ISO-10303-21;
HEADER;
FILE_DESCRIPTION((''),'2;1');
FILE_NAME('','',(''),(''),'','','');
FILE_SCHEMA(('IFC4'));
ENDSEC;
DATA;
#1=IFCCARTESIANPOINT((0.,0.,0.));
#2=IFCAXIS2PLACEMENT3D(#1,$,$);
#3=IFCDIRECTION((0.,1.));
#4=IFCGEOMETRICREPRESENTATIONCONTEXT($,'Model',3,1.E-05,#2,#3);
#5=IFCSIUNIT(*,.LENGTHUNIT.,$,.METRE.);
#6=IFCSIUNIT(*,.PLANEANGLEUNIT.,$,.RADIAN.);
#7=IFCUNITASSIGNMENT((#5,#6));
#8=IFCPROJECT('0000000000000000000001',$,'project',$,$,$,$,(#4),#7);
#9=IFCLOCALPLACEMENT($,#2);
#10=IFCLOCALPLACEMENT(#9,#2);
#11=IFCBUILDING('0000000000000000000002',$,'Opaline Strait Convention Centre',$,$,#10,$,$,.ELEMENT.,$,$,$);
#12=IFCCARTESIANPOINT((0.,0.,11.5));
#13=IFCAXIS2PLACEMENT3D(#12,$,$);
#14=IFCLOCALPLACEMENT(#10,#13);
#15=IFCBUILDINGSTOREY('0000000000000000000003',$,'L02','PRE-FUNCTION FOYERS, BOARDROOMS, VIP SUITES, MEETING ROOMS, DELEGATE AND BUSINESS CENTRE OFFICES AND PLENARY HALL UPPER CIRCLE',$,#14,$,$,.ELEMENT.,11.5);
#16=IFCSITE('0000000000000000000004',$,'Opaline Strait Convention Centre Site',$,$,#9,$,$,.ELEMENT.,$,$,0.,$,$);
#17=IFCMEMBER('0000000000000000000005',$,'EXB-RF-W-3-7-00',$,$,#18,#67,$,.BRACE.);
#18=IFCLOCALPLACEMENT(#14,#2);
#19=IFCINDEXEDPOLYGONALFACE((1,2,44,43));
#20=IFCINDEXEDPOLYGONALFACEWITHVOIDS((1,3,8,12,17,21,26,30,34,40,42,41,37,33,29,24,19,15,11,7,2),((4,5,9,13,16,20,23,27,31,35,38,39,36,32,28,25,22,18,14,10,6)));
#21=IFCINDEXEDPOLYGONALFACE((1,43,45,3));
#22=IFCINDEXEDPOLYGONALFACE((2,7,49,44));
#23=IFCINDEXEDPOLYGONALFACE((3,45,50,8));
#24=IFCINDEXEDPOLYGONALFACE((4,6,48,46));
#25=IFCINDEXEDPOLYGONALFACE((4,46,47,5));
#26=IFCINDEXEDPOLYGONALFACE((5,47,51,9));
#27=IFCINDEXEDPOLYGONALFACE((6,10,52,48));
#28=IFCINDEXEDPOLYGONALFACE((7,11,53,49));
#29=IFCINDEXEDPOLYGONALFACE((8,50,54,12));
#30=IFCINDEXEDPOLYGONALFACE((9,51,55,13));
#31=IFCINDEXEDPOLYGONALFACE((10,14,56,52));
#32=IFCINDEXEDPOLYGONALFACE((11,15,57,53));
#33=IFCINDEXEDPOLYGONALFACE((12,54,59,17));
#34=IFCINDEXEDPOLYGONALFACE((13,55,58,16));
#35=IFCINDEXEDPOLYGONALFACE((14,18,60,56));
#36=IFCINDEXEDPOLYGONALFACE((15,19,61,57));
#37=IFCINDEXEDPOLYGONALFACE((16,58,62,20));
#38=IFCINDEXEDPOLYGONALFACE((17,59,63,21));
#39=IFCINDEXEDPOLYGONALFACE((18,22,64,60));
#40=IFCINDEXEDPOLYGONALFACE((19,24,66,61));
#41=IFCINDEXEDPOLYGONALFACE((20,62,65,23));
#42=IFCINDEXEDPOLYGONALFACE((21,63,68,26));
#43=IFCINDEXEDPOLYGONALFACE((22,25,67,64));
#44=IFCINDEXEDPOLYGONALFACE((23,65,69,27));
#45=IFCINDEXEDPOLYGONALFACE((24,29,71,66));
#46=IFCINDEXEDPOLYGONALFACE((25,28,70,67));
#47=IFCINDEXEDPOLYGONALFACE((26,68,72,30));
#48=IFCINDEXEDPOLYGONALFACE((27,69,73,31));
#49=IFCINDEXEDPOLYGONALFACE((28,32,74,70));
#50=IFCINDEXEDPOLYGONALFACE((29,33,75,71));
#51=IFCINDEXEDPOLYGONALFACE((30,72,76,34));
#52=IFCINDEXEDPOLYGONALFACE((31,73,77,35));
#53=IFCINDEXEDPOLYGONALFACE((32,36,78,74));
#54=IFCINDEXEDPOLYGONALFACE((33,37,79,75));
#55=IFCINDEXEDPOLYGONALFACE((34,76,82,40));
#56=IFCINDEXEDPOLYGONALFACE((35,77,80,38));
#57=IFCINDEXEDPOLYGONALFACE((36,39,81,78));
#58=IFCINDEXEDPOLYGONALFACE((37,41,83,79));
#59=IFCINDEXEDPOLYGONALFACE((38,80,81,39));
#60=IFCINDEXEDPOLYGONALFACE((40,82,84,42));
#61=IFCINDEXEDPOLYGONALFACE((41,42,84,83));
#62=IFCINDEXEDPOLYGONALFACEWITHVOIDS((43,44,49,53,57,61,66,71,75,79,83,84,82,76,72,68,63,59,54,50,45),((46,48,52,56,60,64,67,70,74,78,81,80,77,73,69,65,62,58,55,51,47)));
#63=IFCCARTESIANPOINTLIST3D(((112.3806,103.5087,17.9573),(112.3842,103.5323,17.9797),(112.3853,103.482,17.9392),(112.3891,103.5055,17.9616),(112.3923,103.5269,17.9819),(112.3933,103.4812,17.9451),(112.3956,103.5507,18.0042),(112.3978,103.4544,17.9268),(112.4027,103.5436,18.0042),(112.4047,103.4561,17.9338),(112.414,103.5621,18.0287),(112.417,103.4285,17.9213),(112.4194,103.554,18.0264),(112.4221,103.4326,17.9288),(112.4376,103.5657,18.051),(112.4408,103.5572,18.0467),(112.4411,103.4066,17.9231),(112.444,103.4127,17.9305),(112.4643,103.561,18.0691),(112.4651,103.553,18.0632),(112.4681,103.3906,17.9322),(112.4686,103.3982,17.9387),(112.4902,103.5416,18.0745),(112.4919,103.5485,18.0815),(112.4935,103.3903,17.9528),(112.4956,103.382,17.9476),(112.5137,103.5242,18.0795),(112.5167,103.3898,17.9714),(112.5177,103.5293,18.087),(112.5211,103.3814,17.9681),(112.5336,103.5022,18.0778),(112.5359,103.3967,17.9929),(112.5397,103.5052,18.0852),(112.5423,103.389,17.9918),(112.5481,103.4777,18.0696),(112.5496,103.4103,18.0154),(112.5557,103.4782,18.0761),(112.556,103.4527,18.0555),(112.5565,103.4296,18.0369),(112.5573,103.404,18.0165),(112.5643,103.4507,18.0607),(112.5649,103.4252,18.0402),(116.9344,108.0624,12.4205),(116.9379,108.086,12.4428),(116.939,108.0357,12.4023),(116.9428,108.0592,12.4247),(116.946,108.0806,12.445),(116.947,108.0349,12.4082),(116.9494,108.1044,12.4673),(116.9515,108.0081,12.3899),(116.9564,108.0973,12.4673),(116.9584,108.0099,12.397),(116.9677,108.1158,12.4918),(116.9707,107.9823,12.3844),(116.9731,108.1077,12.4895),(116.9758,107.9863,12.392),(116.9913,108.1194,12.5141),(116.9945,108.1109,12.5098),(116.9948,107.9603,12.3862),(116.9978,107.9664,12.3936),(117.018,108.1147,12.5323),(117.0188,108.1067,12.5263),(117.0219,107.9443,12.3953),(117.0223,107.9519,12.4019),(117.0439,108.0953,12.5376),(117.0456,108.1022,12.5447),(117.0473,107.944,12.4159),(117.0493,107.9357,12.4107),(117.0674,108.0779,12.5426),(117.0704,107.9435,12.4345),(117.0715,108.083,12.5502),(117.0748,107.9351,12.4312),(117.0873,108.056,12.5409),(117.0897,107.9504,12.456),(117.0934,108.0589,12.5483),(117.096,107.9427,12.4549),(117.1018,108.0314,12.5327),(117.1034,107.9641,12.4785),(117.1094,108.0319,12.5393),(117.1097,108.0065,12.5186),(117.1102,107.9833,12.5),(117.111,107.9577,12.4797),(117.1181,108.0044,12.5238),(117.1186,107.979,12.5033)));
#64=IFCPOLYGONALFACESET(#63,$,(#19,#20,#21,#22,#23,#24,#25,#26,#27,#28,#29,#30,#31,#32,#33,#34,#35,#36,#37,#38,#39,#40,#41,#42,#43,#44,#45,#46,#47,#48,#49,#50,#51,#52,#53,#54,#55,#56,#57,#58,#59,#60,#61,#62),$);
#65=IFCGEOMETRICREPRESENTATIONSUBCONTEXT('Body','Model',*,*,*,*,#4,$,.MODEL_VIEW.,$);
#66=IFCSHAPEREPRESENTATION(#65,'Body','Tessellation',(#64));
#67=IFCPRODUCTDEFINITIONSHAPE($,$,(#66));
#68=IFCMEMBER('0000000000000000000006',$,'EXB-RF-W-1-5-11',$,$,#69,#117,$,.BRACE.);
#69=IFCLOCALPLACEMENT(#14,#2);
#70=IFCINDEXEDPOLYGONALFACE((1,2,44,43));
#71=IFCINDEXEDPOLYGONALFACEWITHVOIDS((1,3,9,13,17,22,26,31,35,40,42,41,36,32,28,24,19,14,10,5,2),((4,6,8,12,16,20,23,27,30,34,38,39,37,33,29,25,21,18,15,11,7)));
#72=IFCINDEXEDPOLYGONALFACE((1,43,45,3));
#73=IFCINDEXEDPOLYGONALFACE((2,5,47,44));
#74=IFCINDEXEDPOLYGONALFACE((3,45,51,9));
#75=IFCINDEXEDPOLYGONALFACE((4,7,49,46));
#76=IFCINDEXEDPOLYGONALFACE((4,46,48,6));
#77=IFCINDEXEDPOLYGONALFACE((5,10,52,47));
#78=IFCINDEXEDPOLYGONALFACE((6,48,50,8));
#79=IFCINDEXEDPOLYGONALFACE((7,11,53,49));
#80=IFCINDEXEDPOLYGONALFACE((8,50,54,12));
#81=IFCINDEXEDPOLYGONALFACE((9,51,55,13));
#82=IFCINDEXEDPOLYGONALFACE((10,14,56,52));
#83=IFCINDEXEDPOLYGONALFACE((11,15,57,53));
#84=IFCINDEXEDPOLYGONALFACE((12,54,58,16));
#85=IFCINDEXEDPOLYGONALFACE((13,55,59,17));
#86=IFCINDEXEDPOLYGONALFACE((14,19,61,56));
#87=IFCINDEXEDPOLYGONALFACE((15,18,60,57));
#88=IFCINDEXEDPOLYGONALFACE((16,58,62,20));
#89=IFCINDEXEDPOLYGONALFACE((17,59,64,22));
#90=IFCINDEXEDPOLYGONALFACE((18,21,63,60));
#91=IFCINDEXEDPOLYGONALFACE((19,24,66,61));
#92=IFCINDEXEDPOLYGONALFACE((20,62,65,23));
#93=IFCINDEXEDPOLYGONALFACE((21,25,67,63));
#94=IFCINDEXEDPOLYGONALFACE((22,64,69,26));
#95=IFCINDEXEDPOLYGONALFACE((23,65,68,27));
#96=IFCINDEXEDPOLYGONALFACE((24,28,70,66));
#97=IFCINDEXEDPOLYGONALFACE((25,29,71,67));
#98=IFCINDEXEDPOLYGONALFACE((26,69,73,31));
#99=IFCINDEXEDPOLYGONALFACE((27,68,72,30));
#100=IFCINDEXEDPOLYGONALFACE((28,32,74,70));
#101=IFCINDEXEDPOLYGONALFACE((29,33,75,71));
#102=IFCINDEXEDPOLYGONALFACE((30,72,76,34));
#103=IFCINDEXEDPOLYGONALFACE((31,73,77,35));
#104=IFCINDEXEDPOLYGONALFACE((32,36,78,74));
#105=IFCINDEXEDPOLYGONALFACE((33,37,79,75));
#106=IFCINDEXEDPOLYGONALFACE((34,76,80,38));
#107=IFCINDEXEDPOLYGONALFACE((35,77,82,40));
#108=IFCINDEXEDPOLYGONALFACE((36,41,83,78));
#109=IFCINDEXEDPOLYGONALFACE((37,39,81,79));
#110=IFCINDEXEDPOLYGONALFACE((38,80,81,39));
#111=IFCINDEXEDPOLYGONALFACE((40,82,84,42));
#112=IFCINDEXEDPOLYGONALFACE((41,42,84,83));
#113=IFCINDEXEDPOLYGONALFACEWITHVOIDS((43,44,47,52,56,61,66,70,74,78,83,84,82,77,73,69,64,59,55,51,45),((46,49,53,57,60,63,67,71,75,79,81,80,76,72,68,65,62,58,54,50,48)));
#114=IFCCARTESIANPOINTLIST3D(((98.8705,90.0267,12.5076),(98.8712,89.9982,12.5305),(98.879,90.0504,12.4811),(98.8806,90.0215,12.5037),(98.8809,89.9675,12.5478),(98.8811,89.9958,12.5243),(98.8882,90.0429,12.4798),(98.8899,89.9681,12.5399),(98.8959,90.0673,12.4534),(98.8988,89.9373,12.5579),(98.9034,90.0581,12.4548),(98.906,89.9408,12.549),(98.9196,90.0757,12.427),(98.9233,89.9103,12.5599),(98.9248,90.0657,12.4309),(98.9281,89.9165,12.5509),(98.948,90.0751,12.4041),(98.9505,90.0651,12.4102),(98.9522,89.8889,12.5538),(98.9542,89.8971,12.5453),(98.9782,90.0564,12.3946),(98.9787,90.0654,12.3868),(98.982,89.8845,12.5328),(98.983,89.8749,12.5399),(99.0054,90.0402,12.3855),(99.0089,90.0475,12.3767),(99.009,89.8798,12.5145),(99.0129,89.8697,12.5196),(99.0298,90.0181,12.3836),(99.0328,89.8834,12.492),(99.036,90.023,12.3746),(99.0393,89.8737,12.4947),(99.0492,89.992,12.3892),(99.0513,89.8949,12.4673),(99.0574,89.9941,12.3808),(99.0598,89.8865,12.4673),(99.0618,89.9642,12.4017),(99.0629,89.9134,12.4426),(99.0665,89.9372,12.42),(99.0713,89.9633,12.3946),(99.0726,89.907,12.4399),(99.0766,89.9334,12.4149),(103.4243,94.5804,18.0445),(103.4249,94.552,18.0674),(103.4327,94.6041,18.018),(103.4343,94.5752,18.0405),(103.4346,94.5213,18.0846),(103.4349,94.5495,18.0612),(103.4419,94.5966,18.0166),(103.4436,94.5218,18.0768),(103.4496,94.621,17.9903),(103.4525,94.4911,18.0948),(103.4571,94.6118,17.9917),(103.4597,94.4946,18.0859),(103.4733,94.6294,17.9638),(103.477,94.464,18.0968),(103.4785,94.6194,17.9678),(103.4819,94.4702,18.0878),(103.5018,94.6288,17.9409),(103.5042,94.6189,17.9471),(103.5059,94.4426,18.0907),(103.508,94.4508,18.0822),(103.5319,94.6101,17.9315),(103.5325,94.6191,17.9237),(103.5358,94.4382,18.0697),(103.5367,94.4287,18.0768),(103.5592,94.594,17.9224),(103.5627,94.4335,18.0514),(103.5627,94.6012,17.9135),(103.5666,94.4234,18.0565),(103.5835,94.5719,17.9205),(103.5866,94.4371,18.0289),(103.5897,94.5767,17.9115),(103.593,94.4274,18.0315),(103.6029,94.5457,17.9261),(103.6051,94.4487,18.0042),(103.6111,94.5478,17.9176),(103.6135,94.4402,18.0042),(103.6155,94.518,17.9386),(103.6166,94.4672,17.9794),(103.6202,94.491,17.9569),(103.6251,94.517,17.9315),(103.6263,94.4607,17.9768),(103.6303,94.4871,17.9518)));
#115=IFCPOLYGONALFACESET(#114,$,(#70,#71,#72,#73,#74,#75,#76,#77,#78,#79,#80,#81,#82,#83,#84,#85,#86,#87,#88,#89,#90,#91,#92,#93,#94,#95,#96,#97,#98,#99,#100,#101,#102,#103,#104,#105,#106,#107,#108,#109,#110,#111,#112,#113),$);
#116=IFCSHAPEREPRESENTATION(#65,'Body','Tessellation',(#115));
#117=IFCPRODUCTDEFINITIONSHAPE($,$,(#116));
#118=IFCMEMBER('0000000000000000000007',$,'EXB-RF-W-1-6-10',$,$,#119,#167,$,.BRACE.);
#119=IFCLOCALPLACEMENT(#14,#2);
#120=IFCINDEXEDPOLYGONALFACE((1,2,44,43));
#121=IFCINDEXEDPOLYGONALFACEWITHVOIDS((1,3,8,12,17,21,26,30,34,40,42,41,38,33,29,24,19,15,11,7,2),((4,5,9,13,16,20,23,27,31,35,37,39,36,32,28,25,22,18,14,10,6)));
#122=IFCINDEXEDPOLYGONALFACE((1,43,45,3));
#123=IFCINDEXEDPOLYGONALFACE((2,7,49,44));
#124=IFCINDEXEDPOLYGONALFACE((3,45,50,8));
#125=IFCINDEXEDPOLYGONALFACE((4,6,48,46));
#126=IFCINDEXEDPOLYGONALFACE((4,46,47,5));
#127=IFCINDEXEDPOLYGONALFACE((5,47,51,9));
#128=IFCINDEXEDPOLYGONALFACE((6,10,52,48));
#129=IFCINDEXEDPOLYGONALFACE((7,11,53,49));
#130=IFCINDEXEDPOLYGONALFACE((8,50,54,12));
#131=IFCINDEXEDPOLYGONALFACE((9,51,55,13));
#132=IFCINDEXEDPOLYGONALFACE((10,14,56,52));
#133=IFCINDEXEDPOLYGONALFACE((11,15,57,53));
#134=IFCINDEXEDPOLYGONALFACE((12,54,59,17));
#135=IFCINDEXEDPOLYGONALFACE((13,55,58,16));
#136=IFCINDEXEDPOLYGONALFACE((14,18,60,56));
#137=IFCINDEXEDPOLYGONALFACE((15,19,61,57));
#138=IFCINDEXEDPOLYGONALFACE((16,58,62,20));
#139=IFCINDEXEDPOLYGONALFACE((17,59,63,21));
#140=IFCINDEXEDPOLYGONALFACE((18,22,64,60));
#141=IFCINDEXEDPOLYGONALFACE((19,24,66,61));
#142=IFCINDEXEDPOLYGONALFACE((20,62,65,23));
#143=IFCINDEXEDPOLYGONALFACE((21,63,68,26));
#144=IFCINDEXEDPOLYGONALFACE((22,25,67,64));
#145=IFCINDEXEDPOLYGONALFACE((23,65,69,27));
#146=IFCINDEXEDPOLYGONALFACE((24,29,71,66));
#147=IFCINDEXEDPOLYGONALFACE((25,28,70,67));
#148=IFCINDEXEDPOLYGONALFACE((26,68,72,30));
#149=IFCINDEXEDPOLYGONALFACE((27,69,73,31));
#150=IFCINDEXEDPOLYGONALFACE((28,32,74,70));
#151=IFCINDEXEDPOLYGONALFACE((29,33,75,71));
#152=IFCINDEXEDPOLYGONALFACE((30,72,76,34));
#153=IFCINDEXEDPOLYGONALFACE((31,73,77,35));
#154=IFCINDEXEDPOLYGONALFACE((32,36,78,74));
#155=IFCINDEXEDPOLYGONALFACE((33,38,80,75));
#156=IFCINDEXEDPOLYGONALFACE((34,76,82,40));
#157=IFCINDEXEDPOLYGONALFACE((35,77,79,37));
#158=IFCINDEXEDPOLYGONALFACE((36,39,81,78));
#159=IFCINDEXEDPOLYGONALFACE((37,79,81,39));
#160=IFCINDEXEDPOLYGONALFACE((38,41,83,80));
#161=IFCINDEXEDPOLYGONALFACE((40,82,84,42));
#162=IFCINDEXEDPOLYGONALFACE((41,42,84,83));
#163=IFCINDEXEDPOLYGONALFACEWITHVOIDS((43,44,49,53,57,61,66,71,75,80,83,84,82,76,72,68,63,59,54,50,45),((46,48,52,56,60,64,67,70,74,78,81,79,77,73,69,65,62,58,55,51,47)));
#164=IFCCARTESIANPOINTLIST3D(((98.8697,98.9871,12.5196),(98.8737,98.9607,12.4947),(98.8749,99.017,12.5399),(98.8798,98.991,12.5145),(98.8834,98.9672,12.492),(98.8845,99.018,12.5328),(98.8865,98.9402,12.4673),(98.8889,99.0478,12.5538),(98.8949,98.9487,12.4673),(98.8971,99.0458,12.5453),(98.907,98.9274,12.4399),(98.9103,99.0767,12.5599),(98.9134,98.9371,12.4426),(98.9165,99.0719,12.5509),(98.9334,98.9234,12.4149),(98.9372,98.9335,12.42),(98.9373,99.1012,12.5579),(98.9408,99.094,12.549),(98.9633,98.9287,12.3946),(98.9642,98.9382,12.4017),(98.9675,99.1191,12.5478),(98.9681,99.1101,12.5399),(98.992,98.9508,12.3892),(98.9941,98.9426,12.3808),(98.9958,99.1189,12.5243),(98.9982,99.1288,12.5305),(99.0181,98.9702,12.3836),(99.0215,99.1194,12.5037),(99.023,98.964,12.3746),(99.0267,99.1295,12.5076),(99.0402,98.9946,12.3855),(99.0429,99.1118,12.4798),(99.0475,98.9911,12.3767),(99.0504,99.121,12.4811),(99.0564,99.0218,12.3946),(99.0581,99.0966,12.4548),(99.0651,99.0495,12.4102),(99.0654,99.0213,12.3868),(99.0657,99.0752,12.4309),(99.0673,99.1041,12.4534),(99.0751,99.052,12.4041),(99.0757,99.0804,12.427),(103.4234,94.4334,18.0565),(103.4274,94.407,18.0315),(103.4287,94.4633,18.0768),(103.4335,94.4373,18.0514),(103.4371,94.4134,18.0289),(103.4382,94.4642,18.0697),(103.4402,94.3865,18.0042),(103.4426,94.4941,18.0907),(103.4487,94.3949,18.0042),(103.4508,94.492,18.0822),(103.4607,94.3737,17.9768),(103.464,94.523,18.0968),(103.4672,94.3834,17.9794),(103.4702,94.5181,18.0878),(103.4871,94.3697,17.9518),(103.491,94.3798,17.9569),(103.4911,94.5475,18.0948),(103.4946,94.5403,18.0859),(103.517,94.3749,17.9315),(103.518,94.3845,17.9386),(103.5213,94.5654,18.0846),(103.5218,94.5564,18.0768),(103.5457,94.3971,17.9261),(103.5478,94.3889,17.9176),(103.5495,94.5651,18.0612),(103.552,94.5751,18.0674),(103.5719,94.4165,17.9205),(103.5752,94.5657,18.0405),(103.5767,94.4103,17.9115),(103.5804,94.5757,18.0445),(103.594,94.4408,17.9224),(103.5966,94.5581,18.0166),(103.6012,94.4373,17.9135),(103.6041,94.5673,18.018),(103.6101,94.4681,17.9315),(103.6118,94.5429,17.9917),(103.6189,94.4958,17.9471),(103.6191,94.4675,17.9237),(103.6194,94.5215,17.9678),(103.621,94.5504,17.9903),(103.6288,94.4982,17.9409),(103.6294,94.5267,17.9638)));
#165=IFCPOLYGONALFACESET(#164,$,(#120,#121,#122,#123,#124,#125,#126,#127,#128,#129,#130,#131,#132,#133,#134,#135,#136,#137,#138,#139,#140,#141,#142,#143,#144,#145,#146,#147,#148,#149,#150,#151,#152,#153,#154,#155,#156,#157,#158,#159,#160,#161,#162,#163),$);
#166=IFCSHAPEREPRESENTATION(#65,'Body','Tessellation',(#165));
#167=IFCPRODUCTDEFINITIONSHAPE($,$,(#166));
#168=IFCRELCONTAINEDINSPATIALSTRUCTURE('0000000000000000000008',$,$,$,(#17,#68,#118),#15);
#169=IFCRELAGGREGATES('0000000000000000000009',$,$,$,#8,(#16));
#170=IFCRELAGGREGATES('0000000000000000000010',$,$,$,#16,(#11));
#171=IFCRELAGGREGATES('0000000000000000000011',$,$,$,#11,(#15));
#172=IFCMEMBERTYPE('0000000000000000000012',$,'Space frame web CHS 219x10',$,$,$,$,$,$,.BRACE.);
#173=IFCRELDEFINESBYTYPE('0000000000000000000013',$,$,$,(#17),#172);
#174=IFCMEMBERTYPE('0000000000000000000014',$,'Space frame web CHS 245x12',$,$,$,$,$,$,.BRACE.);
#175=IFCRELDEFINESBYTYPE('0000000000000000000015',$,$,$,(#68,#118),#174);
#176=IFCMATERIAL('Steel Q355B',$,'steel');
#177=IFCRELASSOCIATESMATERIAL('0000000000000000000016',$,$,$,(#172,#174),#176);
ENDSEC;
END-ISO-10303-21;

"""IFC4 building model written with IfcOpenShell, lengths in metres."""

from ifc_helpers import new_model, si_unit, direction, frame, origin, origin_2d, place, context, subcontext, project, spatial, hollow_circle, extrude, material, material_profile, profile_set, type_object, element, save


model = new_model("IFC4")

# Units and contexts
model_context = context("Model", 3, precision=1e-05, world=origin(), true_north=direction((0.0, 1.0)))
body_context = subcontext(model_context, "Body", "Model", "MODEL_VIEW")
ifc_project = project(units=[si_unit("LENGTHUNIT", "METRE"), si_unit("PLANEANGLEUNIT", "RADIAN")], contexts=[model_context])

# Site, building, storey
site_placement = place(None, origin())
site = spatial("IfcSite", under=ifc_project, at=site_placement, Name="Opaline Strait Convention Centre Site", CompositionType="ELEMENT", RefElevation=0.0)
building_placement = place(site_placement, origin())
building = spatial("IfcBuilding", under=site, at=building_placement, Name="Opaline Strait Convention Centre", CompositionType="ELEMENT")
storey_placement = place(building_placement, frame((0.0, 0.0, 11.5)))
storey = spatial("IfcBuildingStorey", under=building, at=storey_placement, Name="L02", Description="PRE-FUNCTION FOYERS, BOARDROOMS, VIP SUITES, MEETING ROOMS, DELEGATE AND BUSINESS CENTRE OFFICES AND PLENARY HALL UPPER CIRCLE", CompositionType="ELEMENT", Elevation=11.5)

# Members
ifc_material = material(Name="Steel Q355B", Category="steel")
ifc_material_profile_1 = material_profile(ifc_material, hollow_circle(Radius=0.1096, WallThickness=0.01, at=origin_2d()), Name="CHS 219x10")
ifc_profile_set_1 = profile_set([ifc_material_profile_1], Name="Steel Q355B")
member_type_1 = type_object("IfcMemberType", Name="Space frame web CHS 219x10", PredefinedType="BRACE", material=ifc_profile_set_1)
for number, where, z_axis, x_axis, name in (
    (1, (112.4731, 103.4731, 18.0042), (0.536178, 0.536178, -0.65194), (-0.707107, 0.707107, 0.0), "EXB-RF-W-3-7-00"),
):
    element("IfcMember", number, at=place(storey_placement, frame(where, z_axis=z_axis, x_axis=x_axis)), inside=storey, type_object=member_type_1, Name=name, PredefinedType="BRACE", context=body_context, shape_type="SweptSolid", body=[
        extrude(hollow_circle(Radius=0.1096, WallThickness=0.01, at=origin_2d()), origin(), (0.0, 0.0, 1.0), 8.4929),
    ])
ifc_material_profile_2 = material_profile(ifc_material, hollow_circle(Radius=0.1226, WallThickness=0.012, at=origin_2d()), Name="CHS 245x12")
ifc_profile_set_2 = profile_set([ifc_material_profile_2], Name="Steel Q355B")
member_type_2 = type_object("IfcMemberType", Name="Space frame web CHS 245x12", PredefinedType="BRACE", material=ifc_profile_set_2)
for number, where, z_axis, x_axis, name in (
    (2, (103.5269, 94.5269, 18.0042), (-0.536178, -0.536178, -0.65194), (0.707107, -0.707107, 0.0), "EXB-RF-W-1-5-11"),
    (3, (103.5269, 94.4731, 18.0042), (-0.536178, 0.536178, -0.65194), (-0.707107, -0.707107, 0.0), "EXB-RF-W-1-6-10"),
):
    element("IfcMember", number, at=place(storey_placement, frame(where, z_axis=z_axis, x_axis=x_axis)), inside=storey, type_object=member_type_2, Name=name, PredefinedType="BRACE", context=body_context, shape_type="SweptSolid", body=[
        extrude(hollow_circle(Radius=0.1226, WallThickness=0.012, at=origin_2d()), origin(), (0.0, 0.0, 1.0), 8.4929),
    ])

save(model, "model.ifc")
